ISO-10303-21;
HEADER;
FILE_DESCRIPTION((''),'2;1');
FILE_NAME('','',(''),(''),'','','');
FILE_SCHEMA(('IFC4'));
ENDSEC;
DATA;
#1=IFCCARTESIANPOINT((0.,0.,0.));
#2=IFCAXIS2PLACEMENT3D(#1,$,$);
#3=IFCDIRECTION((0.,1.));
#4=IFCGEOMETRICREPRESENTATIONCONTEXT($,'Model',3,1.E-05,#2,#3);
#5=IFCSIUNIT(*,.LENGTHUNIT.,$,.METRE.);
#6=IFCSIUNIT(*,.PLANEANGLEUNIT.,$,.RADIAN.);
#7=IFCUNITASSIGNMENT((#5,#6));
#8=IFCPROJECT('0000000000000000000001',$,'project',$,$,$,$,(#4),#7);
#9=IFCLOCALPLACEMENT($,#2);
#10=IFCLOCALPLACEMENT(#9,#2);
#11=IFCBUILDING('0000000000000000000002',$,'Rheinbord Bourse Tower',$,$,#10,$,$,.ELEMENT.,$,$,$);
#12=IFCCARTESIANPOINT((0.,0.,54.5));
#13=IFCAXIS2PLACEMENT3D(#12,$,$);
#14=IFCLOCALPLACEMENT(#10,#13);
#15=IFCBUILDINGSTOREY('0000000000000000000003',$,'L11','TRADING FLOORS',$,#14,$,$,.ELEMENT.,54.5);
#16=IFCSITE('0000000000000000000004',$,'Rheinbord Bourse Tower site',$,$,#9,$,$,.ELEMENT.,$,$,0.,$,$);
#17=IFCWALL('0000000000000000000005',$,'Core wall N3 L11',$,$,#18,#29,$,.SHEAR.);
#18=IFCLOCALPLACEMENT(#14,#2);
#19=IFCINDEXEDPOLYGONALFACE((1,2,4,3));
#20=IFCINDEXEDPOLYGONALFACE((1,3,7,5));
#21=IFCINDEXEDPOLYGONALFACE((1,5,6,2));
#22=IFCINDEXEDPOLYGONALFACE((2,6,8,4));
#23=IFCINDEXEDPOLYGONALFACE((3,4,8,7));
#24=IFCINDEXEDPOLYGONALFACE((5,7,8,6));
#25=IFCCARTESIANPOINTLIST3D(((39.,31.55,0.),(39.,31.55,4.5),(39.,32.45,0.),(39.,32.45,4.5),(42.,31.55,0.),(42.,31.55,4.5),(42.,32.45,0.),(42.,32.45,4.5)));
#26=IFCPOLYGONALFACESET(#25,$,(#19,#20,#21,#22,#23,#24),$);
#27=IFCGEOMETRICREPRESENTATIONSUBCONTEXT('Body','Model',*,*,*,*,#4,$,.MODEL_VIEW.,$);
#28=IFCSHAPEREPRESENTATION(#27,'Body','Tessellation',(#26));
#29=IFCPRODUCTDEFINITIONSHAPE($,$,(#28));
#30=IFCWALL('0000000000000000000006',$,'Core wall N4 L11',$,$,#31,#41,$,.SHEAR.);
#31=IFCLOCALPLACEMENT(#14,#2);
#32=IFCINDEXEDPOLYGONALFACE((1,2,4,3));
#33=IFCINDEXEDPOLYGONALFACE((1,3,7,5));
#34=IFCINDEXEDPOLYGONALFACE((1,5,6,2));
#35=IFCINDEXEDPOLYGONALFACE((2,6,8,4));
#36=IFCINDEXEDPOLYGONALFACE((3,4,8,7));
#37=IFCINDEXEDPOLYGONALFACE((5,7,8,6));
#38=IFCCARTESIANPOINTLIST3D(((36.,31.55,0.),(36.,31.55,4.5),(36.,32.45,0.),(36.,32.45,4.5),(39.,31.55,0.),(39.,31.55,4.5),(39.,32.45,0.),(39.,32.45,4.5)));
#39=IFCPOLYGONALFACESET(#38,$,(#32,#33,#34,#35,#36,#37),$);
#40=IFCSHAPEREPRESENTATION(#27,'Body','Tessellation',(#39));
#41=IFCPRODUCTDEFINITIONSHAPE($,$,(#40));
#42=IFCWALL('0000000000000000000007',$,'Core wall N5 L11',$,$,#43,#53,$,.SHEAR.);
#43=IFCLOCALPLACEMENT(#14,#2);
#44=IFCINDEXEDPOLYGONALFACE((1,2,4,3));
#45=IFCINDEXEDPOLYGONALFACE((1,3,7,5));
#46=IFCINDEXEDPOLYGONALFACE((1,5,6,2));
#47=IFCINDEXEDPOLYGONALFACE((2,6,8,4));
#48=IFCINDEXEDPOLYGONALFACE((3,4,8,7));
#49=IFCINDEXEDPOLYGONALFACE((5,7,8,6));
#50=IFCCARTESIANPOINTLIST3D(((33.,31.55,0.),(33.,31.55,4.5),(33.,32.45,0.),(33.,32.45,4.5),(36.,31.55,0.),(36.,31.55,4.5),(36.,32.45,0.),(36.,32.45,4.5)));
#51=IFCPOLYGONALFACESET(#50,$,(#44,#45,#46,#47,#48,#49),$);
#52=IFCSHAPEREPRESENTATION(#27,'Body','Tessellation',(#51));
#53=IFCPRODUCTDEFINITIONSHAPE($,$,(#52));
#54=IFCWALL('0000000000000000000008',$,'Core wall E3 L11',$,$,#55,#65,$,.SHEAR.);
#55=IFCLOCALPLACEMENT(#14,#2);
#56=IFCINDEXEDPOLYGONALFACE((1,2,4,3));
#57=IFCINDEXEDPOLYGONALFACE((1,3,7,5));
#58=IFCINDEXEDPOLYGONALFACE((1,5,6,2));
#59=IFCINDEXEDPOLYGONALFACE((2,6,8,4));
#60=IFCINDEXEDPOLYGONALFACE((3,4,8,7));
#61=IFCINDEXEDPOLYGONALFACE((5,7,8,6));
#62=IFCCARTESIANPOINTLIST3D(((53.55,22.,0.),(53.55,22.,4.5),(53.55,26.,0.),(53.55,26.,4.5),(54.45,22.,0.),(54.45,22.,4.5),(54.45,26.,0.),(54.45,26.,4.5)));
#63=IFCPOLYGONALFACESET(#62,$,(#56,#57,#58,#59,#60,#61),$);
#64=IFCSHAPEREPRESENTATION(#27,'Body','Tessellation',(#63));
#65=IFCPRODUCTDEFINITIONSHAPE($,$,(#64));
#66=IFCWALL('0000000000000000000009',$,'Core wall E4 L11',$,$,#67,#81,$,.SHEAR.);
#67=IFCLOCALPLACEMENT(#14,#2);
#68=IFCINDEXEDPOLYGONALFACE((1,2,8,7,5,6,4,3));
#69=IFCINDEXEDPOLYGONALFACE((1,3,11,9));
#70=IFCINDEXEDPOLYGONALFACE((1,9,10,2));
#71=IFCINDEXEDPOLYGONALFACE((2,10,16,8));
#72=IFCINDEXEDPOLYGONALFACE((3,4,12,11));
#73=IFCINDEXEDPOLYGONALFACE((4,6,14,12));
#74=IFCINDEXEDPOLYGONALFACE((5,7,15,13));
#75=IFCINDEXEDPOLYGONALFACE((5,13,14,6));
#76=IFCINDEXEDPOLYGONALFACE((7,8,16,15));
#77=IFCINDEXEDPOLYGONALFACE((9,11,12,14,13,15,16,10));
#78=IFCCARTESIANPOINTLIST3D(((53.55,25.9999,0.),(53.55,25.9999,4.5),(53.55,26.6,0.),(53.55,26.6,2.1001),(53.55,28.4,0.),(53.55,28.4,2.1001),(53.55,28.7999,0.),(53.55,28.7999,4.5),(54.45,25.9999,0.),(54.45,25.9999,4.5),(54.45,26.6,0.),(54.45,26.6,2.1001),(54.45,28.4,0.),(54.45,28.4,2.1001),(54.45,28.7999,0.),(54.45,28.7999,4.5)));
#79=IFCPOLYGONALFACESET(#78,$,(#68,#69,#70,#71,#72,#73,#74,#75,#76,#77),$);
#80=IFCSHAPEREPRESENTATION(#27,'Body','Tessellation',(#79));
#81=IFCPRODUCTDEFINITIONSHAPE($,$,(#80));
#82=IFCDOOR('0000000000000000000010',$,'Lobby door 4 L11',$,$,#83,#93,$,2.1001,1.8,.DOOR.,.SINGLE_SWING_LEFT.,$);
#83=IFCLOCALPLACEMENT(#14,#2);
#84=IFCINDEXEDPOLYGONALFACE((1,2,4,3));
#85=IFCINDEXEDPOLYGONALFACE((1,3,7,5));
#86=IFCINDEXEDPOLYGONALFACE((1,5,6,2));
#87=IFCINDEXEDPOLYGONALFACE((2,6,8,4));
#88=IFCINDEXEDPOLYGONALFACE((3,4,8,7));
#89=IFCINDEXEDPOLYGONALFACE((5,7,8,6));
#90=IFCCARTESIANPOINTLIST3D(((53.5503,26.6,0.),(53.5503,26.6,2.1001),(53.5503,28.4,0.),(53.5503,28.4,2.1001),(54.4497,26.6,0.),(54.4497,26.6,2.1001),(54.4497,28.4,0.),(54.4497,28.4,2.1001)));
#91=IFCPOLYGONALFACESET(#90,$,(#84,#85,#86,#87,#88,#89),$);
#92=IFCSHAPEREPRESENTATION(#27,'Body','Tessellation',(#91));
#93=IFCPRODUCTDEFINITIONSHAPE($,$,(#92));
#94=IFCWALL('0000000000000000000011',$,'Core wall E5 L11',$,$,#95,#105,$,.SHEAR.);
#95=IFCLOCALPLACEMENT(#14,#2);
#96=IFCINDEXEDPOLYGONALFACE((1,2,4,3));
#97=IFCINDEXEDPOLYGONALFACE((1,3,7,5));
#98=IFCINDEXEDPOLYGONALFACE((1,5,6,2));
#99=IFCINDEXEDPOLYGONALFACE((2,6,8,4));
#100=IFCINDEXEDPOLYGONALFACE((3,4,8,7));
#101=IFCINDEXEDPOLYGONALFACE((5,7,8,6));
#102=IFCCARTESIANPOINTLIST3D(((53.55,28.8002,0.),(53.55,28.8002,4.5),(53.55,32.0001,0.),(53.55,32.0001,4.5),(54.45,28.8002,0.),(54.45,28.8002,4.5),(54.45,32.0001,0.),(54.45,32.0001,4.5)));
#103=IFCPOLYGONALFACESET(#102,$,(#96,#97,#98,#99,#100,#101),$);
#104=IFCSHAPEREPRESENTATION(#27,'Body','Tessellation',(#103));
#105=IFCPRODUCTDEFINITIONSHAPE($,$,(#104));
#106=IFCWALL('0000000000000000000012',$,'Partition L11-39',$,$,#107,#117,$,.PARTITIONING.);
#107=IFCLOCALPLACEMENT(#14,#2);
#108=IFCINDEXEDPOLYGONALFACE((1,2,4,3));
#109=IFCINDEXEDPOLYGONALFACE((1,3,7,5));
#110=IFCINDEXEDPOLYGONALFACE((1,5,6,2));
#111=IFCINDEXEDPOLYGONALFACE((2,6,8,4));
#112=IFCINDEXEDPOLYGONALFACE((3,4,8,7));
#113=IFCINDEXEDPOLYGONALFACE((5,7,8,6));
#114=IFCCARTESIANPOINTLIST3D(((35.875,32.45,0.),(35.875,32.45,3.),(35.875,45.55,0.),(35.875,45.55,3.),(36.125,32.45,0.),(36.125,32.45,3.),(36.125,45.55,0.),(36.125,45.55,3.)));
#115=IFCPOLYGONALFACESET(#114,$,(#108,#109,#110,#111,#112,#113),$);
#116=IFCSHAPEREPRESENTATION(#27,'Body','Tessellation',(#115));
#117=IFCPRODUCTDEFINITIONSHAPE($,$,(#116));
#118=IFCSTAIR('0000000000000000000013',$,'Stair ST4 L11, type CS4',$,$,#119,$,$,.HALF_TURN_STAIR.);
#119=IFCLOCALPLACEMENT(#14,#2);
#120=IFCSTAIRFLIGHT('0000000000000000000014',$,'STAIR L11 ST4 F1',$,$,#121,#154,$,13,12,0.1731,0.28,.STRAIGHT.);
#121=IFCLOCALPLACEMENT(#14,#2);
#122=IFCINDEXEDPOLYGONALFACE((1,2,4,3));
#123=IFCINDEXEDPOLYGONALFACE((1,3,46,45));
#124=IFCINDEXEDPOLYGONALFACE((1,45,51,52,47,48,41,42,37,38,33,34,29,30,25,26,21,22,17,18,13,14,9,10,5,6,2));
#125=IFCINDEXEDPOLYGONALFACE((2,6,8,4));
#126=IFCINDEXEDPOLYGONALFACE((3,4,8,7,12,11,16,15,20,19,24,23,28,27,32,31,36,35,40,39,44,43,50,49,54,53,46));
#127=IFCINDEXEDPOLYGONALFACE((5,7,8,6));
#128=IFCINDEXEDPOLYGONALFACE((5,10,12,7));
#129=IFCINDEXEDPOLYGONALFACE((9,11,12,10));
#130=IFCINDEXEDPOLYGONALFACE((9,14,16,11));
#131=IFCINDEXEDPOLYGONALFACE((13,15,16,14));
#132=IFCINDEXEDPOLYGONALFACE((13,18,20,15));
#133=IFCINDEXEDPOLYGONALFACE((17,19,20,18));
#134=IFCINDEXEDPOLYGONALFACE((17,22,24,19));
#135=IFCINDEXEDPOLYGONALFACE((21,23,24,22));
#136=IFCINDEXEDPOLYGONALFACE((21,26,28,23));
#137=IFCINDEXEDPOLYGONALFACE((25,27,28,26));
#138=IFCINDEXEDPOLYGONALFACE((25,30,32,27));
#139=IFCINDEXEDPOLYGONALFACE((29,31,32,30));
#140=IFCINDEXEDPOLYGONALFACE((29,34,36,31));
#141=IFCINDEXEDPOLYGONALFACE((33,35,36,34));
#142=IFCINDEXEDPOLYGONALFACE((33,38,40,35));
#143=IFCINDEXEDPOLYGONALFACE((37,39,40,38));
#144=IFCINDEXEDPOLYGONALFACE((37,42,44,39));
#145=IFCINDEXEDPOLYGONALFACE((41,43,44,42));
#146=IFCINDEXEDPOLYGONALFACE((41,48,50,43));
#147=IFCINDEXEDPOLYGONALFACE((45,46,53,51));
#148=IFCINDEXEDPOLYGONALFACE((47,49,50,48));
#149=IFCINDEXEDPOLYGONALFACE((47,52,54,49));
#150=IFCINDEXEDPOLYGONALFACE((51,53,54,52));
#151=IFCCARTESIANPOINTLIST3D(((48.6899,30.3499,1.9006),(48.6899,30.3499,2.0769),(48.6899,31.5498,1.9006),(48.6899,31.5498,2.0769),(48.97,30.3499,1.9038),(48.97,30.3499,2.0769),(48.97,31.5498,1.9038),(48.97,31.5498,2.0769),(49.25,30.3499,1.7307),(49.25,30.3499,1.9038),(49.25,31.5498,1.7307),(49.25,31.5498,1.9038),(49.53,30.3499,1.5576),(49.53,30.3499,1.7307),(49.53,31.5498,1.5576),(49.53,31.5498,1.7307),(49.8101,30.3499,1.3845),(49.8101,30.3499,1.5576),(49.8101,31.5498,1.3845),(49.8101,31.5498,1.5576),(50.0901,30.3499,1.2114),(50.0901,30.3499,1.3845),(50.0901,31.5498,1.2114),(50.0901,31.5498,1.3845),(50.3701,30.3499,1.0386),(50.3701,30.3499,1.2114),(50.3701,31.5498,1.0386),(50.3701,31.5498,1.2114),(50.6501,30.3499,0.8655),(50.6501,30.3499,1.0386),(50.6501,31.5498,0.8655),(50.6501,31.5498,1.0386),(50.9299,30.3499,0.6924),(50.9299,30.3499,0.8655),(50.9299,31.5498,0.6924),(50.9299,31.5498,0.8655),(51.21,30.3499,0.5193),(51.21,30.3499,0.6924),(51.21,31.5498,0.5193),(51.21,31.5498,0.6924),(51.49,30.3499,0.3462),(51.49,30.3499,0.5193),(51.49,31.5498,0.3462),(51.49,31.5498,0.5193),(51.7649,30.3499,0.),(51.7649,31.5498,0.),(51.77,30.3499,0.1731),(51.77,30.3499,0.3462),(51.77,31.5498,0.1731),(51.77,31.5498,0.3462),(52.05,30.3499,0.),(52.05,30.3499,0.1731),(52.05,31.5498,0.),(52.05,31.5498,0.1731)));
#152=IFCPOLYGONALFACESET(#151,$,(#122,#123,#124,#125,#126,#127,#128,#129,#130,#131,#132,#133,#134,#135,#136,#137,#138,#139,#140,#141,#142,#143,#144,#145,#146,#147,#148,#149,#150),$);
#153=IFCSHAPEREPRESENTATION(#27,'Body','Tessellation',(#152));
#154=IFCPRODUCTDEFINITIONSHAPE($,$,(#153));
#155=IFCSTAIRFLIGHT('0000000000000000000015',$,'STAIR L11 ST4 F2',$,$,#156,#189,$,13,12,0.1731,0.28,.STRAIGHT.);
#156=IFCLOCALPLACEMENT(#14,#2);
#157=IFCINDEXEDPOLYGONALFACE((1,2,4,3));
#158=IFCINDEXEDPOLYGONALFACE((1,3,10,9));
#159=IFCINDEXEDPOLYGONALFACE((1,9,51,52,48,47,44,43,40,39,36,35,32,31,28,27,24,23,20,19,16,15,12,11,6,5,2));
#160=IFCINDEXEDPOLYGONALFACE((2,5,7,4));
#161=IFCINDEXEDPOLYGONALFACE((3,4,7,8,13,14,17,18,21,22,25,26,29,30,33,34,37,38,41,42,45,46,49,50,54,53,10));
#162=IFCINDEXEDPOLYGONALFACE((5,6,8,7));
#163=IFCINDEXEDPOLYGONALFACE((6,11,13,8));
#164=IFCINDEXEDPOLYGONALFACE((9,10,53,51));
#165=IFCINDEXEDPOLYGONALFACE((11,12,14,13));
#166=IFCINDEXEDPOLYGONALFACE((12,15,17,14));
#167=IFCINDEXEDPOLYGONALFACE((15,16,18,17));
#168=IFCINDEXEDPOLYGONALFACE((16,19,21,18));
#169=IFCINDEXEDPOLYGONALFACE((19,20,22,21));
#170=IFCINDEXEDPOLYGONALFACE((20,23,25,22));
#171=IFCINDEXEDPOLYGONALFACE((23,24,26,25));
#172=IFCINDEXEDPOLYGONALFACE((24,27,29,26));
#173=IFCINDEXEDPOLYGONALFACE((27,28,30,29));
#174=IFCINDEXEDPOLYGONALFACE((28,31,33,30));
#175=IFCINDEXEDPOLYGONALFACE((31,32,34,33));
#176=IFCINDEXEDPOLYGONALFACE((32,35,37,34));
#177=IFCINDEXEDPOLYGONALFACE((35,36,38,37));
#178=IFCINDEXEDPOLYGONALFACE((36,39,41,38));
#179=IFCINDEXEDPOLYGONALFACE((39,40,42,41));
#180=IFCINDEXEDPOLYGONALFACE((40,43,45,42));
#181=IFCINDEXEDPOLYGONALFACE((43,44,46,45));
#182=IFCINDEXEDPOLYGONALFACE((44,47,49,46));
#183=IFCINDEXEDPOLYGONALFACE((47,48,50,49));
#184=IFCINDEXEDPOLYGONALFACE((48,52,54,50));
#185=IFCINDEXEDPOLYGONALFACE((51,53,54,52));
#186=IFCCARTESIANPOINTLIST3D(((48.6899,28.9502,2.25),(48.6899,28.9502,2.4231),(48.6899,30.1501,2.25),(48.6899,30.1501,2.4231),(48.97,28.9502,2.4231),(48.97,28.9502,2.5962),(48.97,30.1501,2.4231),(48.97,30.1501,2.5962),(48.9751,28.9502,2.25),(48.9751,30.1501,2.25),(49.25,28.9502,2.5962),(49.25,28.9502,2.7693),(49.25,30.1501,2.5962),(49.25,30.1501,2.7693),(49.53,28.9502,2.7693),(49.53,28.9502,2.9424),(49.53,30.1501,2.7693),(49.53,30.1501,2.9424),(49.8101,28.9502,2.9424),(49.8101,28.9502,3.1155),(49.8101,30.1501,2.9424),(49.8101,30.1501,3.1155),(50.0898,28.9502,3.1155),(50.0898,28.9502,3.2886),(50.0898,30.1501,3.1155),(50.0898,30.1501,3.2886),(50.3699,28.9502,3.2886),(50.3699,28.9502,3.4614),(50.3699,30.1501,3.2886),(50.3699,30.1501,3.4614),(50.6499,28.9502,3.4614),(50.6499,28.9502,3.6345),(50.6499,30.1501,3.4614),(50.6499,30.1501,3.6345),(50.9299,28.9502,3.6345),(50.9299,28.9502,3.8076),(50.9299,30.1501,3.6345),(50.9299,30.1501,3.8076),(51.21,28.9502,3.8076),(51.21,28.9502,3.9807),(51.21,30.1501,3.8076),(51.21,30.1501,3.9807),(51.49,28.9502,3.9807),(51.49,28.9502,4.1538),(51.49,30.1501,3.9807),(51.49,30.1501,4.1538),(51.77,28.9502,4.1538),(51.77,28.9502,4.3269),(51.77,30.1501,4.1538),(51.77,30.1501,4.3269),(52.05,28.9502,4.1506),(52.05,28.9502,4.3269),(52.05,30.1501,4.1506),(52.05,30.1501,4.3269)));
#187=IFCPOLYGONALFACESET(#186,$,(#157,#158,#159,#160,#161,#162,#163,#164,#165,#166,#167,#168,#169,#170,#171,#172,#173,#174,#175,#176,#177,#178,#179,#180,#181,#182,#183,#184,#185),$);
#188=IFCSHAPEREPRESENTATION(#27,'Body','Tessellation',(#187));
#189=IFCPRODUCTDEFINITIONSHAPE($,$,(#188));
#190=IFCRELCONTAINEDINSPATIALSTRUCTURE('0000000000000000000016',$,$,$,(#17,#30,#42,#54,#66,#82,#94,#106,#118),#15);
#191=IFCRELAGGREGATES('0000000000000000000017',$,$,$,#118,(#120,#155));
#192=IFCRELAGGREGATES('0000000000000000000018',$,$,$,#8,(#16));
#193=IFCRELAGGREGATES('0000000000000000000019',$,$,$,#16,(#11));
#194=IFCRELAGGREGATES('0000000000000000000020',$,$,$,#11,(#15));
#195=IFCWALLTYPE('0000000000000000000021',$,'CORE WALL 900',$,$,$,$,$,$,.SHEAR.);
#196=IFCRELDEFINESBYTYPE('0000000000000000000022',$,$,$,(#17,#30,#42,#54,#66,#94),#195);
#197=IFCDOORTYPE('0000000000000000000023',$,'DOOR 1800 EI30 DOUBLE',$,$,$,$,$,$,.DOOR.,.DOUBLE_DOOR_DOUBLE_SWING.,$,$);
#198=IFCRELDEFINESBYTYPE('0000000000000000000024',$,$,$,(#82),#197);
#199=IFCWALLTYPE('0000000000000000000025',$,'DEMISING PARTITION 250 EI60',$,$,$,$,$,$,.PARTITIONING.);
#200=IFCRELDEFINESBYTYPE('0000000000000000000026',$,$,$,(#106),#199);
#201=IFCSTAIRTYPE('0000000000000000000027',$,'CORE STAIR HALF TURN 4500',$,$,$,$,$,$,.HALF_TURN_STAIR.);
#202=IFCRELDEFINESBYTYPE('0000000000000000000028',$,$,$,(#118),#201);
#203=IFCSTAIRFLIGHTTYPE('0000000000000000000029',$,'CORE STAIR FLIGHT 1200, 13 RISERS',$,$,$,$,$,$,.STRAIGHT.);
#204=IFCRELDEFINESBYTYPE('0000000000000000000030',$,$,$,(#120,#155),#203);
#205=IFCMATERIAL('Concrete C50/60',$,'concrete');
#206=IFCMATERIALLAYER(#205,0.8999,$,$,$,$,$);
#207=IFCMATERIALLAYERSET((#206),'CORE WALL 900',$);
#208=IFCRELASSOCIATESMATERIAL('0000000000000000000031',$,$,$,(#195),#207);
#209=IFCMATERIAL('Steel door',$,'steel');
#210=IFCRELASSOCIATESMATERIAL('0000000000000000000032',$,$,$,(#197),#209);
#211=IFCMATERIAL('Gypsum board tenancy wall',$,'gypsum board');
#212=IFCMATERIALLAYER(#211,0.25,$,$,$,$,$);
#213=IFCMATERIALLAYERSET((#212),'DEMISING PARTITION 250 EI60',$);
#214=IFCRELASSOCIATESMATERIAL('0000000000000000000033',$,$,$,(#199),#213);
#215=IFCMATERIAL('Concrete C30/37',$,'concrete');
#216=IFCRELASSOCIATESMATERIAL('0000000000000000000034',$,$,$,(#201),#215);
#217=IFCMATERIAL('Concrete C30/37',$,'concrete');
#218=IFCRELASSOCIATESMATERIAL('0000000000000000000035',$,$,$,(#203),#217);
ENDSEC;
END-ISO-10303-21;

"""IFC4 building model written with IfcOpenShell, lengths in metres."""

from ifc_helpers import new_model, si_unit, direction, frame, frame_2d, origin, place, context, subcontext, project, spatial, polyline, rectangle, outline, extrude, material, layer, layer_set, type_object, element, fill, aggregate, save


model = new_model("IFC4")

# Units and contexts
model_context = context("Model", 3, precision=1e-05, world=origin(), true_north=direction((0.0, 1.0)))
body_context = subcontext(model_context, "Body", "Model", "MODEL_VIEW")
ifc_project = project(units=[si_unit("LENGTHUNIT", "METRE"), si_unit("PLANEANGLEUNIT", "RADIAN")], contexts=[model_context])

# Site, building, storey
site_placement = place(None, origin())
site = spatial("IfcSite", under=ifc_project, at=site_placement, Name="Rheinbord Bourse Tower site", CompositionType="ELEMENT", RefElevation=0.0)
building_placement = place(site_placement, origin())
building = spatial("IfcBuilding", under=site, at=building_placement, Name="Rheinbord Bourse Tower", CompositionType="ELEMENT")
storey_placement = place(building_placement, frame((0.0, 0.0, 54.5)))
storey = spatial("IfcBuildingStorey", under=building, at=storey_placement, Name="L11", Description="TRADING FLOORS", CompositionType="ELEMENT", Elevation=54.5)

# Walls
ifc_material_1 = material(Name="Concrete C50/60", Category="concrete")
ifc_layer_1 = layer(ifc_material_1, 0.8999)
ifc_layer_set_1 = layer_set([ifc_layer_1], Name="CORE WALL 900")
wall_type_1 = type_object("IfcWallType", Name="CORE WALL 900", PredefinedType="SHEAR", material=ifc_layer_set_1)
for number, where, z_axis, x_axis, name in (
    (1, (42.0, 32.0, 0.0), (0.0, 0.0, 1.0), (-1.0, 0.0, 0.0), "Core wall N3 L11"),
    (2, (39.0, 32.0, 0.0), (0.0, 0.0, 1.0), (-1.0, 0.0, 0.0), "Core wall N4 L11"),
    (3, (36.0, 32.0, 0.0), (0.0, 0.0, 1.0), (-1.0, 0.0, 0.0), "Core wall N5 L11"),
):
    element("IfcWall", number, at=place(storey_placement, frame(where, z_axis=z_axis, x_axis=x_axis)), inside=storey, type_object=wall_type_1, Name=name, PredefinedType="SHEAR", context=body_context, shape_type="SweptSolid", body=[
        extrude(rectangle(XDim=3.0, YDim=0.8999, at=frame_2d((1.5, 0.0))), origin(), (0.0, 0.0, 1.0), 4.5),
    ])
wall_1_placement = place(storey_placement, frame((54.0, 22.0, 0.0), z_axis=(0.0, 0.0, 1.0), x_axis=(0.0, 1.0, 0.0)))
element("IfcWall", 4, at=wall_1_placement, inside=storey, type_object=wall_type_1, Name="Core wall E3 L11", PredefinedType="SHEAR", context=body_context, shape_type="SweptSolid", body=[
    extrude(rectangle(XDim=4.0, YDim=0.8999, at=frame_2d((2.0, 0.0))), origin(), (0.0, 0.0, 1.0), 4.5),
])

# Wall, opening, door
wall_2_placement = place(storey_placement, frame((54.0, 26.0, 0.0), z_axis=(0.0, 0.0, 1.0), x_axis=(0.0, 1.0, 0.0)))
wall_2 = element("IfcWall", 5, at=wall_2_placement, inside=storey, type_object=wall_type_1, Name="Core wall E4 L11", PredefinedType="SHEAR", context=body_context, shape_type="SweptSolid", body=[
    extrude(rectangle(XDim=2.8, YDim=0.8999, at=frame_2d((1.3999, 0.0))), origin(), (0.0, 0.0, 1.0), 4.5),
])
opening_1_placement = place(wall_2_placement, frame((0.6001, 0.0, 0.0)))
opening_1 = element("IfcOpeningElement", 6, at=opening_1_placement, cuts=wall_2, PredefinedType="OPENING", context=body_context, shape_type="SweptSolid", body=[
    extrude(rectangle(XDim=1.8, YDim=2.1001, at=frame_2d((0.8999, 1.05))), frame((0.0, 0.46, 0.0), z_axis=(0.0, -1.0, 0.0), x_axis=(1.0, 0.0, 0.0)), (0.0, 0.0, 1.0), 0.9199),
])
ifc_material_2 = material(Name="Steel door", Category="steel")
door_type_1 = type_object("IfcDoorType", Name="DOOR 1800 EI30 DOUBLE", OperationType="DOUBLE_DOOR_DOUBLE_SWING", PredefinedType="DOOR", material=ifc_material_2)
door_1_placement = place(opening_1_placement, origin())
door_1 = element("IfcDoor", 7, at=door_1_placement, inside=storey, type_object=door_type_1, Name="Lobby door 4 L11", OperationType="SINGLE_SWING_LEFT", OverallHeight=2.1001, OverallWidth=1.8, PredefinedType="DOOR", context=body_context, shape_type="SweptSolid", body=[
    extrude(rectangle(XDim=1.8, YDim=2.1001, at=frame_2d((0.8999, 1.05))), frame((0.0, 0.4497, 0.0), z_axis=(0.0, -1.0, 0.0), x_axis=(1.0, 0.0, 0.0)), (0.0, 0.0, 1.0), 0.8994),
])
fill(opening_1, door_1)

# Walls
wall_3_placement = place(storey_placement, frame((54.0, 28.8, 0.0), z_axis=(0.0, 0.0, 1.0), x_axis=(0.0, 1.0, 0.0)))
element("IfcWall", 8, at=wall_3_placement, inside=storey, type_object=wall_type_1, Name="Core wall E5 L11", PredefinedType="SHEAR", context=body_context, shape_type="SweptSolid", body=[
    extrude(rectangle(XDim=3.2, YDim=0.8999, at=frame_2d((1.6001, 0.0))), origin(), (0.0, 0.0, 1.0), 4.5),
])
ifc_material_3 = material(Name="Gypsum board tenancy wall", Category="gypsum board")
ifc_layer_2 = layer(ifc_material_3, 0.25)
ifc_layer_set_2 = layer_set([ifc_layer_2], Name="DEMISING PARTITION 250 EI60")
wall_type_2 = type_object("IfcWallType", Name="DEMISING PARTITION 250 EI60", PredefinedType="PARTITIONING", material=ifc_layer_set_2)
wall_4_placement = place(storey_placement, frame((36.0, 32.45, 0.0), z_axis=(0.0, 0.0, 1.0), x_axis=(0.0, 1.0, 0.0)))
element("IfcWall", 9, at=wall_4_placement, inside=storey, type_object=wall_type_2, Name="Partition L11-39", PredefinedType="PARTITIONING", context=body_context, shape_type="SweptSolid", body=[
    extrude(rectangle(XDim=13.1001, YDim=0.25, at=frame_2d((6.55, 0.0))), origin(), (0.0, 0.0, 1.0), 3.0),
])

# Stair, stair flights
ifc_material_4 = material(Name="Concrete C30/37", Category="concrete")
stair_type = type_object("IfcStairType", Name="CORE STAIR HALF TURN 4500", PredefinedType="HALF_TURN_STAIR", material=ifc_material_4)
stair_placement = place(storey_placement, origin())
stair = element("IfcStair", 10, at=stair_placement, inside=storey, type_object=stair_type, Name="Stair ST4 L11, type CS4", PredefinedType="HALF_TURN_STAIR")
ifc_material_5 = material(Name="Concrete C30/37", Category="concrete")
stair_flight_type = type_object("IfcStairFlightType", Name="CORE STAIR FLIGHT 1200, 13 RISERS", PredefinedType="STRAIGHT", material=ifc_material_5)
stair_flight_1_placement = place(storey_placement, frame((52.05, 30.95, 0.0), z_axis=(0.0, 0.0, 1.0), x_axis=(-1.0, 0.0, 0.0)))
stair_flight_1 = element("IfcStairFlight", 11, at=stair_flight_1_placement, type_object=stair_flight_type, Name="STAIR L11 ST4 F1", NumberOfRisers=13, NumberOfTreads=12, PredefinedType="STRAIGHT", RiserHeight=0.1731, TreadLength=0.28, context=body_context, shape_type="SweptSolid", body=[
    extrude(outline(polyline([(0.0, 0.0), (0.0, 0.1731), (0.28, 0.1731), (0.28, 0.3462), (0.5601, 0.3462), (0.5601, 0.5193), (0.8401, 0.5193), (0.8401, 0.6924), (1.1201, 0.6924), (1.1201, 0.8655), (1.3999, 0.8655), (1.3999, 1.0386), (1.6799, 1.0386), (1.6799, 1.2114), (1.96, 1.2114), (1.96, 1.3845), (2.24, 1.3845), (2.24, 1.5576), (2.52, 1.5576), (2.52, 1.7307), (2.8, 1.7307), (2.8, 1.9038), (3.0801, 1.9038), (3.0801, 2.0769), (3.3601, 2.0769), (3.3601, 2.25), (3.3601, 1.9006), (0.2852, 0.0), (0.0, 0.0)])), frame((0.0, 0.6001, 0.0), z_axis=(0.0, -1.0, 0.0), x_axis=(1.0, 0.0, 0.0)), (0.0, 0.0, 1.0), 1.2),
])
stair_flight_2_placement = place(storey_placement, frame((48.6899, 29.55, 2.25), z_axis=(0.0, 0.0, 1.0), x_axis=(1.0, 0.0, 0.0)))
stair_flight_2 = element("IfcStairFlight", 12, at=stair_flight_2_placement, type_object=stair_flight_type, Name="STAIR L11 ST4 F2", NumberOfRisers=13, NumberOfTreads=12, PredefinedType="STRAIGHT", RiserHeight=0.1731, TreadLength=0.28, context=body_context, shape_type="SweptSolid", body=[
    extrude(outline(polyline([(0.0, 0.0), (0.0, 0.1731), (0.28, 0.1731), (0.28, 0.3462), (0.5601, 0.3462), (0.5601, 0.5193), (0.8401, 0.5193), (0.8401, 0.6924), (1.1201, 0.6924), (1.1201, 0.8655), (1.3999, 0.8655), (1.3999, 1.0386), (1.6799, 1.0386), (1.6799, 1.2114), (1.96, 1.2114), (1.96, 1.3845), (2.24, 1.3845), (2.24, 1.5576), (2.52, 1.5576), (2.52, 1.7307), (2.8, 1.7307), (2.8, 1.9038), (3.0801, 1.9038), (3.0801, 2.0769), (3.3601, 2.0769), (3.3601, 2.25), (3.3601, 1.9006), (0.2852, 0.0), (0.0, 0.0)])), frame((0.0, 0.6001, 0.0), z_axis=(0.0, -1.0, 0.0), x_axis=(1.0, 0.0, 0.0)), (0.0, 0.0, 1.0), 1.2),
])
aggregate(stair, [stair_flight_1, stair_flight_2])

save(model, "model.ifc")
